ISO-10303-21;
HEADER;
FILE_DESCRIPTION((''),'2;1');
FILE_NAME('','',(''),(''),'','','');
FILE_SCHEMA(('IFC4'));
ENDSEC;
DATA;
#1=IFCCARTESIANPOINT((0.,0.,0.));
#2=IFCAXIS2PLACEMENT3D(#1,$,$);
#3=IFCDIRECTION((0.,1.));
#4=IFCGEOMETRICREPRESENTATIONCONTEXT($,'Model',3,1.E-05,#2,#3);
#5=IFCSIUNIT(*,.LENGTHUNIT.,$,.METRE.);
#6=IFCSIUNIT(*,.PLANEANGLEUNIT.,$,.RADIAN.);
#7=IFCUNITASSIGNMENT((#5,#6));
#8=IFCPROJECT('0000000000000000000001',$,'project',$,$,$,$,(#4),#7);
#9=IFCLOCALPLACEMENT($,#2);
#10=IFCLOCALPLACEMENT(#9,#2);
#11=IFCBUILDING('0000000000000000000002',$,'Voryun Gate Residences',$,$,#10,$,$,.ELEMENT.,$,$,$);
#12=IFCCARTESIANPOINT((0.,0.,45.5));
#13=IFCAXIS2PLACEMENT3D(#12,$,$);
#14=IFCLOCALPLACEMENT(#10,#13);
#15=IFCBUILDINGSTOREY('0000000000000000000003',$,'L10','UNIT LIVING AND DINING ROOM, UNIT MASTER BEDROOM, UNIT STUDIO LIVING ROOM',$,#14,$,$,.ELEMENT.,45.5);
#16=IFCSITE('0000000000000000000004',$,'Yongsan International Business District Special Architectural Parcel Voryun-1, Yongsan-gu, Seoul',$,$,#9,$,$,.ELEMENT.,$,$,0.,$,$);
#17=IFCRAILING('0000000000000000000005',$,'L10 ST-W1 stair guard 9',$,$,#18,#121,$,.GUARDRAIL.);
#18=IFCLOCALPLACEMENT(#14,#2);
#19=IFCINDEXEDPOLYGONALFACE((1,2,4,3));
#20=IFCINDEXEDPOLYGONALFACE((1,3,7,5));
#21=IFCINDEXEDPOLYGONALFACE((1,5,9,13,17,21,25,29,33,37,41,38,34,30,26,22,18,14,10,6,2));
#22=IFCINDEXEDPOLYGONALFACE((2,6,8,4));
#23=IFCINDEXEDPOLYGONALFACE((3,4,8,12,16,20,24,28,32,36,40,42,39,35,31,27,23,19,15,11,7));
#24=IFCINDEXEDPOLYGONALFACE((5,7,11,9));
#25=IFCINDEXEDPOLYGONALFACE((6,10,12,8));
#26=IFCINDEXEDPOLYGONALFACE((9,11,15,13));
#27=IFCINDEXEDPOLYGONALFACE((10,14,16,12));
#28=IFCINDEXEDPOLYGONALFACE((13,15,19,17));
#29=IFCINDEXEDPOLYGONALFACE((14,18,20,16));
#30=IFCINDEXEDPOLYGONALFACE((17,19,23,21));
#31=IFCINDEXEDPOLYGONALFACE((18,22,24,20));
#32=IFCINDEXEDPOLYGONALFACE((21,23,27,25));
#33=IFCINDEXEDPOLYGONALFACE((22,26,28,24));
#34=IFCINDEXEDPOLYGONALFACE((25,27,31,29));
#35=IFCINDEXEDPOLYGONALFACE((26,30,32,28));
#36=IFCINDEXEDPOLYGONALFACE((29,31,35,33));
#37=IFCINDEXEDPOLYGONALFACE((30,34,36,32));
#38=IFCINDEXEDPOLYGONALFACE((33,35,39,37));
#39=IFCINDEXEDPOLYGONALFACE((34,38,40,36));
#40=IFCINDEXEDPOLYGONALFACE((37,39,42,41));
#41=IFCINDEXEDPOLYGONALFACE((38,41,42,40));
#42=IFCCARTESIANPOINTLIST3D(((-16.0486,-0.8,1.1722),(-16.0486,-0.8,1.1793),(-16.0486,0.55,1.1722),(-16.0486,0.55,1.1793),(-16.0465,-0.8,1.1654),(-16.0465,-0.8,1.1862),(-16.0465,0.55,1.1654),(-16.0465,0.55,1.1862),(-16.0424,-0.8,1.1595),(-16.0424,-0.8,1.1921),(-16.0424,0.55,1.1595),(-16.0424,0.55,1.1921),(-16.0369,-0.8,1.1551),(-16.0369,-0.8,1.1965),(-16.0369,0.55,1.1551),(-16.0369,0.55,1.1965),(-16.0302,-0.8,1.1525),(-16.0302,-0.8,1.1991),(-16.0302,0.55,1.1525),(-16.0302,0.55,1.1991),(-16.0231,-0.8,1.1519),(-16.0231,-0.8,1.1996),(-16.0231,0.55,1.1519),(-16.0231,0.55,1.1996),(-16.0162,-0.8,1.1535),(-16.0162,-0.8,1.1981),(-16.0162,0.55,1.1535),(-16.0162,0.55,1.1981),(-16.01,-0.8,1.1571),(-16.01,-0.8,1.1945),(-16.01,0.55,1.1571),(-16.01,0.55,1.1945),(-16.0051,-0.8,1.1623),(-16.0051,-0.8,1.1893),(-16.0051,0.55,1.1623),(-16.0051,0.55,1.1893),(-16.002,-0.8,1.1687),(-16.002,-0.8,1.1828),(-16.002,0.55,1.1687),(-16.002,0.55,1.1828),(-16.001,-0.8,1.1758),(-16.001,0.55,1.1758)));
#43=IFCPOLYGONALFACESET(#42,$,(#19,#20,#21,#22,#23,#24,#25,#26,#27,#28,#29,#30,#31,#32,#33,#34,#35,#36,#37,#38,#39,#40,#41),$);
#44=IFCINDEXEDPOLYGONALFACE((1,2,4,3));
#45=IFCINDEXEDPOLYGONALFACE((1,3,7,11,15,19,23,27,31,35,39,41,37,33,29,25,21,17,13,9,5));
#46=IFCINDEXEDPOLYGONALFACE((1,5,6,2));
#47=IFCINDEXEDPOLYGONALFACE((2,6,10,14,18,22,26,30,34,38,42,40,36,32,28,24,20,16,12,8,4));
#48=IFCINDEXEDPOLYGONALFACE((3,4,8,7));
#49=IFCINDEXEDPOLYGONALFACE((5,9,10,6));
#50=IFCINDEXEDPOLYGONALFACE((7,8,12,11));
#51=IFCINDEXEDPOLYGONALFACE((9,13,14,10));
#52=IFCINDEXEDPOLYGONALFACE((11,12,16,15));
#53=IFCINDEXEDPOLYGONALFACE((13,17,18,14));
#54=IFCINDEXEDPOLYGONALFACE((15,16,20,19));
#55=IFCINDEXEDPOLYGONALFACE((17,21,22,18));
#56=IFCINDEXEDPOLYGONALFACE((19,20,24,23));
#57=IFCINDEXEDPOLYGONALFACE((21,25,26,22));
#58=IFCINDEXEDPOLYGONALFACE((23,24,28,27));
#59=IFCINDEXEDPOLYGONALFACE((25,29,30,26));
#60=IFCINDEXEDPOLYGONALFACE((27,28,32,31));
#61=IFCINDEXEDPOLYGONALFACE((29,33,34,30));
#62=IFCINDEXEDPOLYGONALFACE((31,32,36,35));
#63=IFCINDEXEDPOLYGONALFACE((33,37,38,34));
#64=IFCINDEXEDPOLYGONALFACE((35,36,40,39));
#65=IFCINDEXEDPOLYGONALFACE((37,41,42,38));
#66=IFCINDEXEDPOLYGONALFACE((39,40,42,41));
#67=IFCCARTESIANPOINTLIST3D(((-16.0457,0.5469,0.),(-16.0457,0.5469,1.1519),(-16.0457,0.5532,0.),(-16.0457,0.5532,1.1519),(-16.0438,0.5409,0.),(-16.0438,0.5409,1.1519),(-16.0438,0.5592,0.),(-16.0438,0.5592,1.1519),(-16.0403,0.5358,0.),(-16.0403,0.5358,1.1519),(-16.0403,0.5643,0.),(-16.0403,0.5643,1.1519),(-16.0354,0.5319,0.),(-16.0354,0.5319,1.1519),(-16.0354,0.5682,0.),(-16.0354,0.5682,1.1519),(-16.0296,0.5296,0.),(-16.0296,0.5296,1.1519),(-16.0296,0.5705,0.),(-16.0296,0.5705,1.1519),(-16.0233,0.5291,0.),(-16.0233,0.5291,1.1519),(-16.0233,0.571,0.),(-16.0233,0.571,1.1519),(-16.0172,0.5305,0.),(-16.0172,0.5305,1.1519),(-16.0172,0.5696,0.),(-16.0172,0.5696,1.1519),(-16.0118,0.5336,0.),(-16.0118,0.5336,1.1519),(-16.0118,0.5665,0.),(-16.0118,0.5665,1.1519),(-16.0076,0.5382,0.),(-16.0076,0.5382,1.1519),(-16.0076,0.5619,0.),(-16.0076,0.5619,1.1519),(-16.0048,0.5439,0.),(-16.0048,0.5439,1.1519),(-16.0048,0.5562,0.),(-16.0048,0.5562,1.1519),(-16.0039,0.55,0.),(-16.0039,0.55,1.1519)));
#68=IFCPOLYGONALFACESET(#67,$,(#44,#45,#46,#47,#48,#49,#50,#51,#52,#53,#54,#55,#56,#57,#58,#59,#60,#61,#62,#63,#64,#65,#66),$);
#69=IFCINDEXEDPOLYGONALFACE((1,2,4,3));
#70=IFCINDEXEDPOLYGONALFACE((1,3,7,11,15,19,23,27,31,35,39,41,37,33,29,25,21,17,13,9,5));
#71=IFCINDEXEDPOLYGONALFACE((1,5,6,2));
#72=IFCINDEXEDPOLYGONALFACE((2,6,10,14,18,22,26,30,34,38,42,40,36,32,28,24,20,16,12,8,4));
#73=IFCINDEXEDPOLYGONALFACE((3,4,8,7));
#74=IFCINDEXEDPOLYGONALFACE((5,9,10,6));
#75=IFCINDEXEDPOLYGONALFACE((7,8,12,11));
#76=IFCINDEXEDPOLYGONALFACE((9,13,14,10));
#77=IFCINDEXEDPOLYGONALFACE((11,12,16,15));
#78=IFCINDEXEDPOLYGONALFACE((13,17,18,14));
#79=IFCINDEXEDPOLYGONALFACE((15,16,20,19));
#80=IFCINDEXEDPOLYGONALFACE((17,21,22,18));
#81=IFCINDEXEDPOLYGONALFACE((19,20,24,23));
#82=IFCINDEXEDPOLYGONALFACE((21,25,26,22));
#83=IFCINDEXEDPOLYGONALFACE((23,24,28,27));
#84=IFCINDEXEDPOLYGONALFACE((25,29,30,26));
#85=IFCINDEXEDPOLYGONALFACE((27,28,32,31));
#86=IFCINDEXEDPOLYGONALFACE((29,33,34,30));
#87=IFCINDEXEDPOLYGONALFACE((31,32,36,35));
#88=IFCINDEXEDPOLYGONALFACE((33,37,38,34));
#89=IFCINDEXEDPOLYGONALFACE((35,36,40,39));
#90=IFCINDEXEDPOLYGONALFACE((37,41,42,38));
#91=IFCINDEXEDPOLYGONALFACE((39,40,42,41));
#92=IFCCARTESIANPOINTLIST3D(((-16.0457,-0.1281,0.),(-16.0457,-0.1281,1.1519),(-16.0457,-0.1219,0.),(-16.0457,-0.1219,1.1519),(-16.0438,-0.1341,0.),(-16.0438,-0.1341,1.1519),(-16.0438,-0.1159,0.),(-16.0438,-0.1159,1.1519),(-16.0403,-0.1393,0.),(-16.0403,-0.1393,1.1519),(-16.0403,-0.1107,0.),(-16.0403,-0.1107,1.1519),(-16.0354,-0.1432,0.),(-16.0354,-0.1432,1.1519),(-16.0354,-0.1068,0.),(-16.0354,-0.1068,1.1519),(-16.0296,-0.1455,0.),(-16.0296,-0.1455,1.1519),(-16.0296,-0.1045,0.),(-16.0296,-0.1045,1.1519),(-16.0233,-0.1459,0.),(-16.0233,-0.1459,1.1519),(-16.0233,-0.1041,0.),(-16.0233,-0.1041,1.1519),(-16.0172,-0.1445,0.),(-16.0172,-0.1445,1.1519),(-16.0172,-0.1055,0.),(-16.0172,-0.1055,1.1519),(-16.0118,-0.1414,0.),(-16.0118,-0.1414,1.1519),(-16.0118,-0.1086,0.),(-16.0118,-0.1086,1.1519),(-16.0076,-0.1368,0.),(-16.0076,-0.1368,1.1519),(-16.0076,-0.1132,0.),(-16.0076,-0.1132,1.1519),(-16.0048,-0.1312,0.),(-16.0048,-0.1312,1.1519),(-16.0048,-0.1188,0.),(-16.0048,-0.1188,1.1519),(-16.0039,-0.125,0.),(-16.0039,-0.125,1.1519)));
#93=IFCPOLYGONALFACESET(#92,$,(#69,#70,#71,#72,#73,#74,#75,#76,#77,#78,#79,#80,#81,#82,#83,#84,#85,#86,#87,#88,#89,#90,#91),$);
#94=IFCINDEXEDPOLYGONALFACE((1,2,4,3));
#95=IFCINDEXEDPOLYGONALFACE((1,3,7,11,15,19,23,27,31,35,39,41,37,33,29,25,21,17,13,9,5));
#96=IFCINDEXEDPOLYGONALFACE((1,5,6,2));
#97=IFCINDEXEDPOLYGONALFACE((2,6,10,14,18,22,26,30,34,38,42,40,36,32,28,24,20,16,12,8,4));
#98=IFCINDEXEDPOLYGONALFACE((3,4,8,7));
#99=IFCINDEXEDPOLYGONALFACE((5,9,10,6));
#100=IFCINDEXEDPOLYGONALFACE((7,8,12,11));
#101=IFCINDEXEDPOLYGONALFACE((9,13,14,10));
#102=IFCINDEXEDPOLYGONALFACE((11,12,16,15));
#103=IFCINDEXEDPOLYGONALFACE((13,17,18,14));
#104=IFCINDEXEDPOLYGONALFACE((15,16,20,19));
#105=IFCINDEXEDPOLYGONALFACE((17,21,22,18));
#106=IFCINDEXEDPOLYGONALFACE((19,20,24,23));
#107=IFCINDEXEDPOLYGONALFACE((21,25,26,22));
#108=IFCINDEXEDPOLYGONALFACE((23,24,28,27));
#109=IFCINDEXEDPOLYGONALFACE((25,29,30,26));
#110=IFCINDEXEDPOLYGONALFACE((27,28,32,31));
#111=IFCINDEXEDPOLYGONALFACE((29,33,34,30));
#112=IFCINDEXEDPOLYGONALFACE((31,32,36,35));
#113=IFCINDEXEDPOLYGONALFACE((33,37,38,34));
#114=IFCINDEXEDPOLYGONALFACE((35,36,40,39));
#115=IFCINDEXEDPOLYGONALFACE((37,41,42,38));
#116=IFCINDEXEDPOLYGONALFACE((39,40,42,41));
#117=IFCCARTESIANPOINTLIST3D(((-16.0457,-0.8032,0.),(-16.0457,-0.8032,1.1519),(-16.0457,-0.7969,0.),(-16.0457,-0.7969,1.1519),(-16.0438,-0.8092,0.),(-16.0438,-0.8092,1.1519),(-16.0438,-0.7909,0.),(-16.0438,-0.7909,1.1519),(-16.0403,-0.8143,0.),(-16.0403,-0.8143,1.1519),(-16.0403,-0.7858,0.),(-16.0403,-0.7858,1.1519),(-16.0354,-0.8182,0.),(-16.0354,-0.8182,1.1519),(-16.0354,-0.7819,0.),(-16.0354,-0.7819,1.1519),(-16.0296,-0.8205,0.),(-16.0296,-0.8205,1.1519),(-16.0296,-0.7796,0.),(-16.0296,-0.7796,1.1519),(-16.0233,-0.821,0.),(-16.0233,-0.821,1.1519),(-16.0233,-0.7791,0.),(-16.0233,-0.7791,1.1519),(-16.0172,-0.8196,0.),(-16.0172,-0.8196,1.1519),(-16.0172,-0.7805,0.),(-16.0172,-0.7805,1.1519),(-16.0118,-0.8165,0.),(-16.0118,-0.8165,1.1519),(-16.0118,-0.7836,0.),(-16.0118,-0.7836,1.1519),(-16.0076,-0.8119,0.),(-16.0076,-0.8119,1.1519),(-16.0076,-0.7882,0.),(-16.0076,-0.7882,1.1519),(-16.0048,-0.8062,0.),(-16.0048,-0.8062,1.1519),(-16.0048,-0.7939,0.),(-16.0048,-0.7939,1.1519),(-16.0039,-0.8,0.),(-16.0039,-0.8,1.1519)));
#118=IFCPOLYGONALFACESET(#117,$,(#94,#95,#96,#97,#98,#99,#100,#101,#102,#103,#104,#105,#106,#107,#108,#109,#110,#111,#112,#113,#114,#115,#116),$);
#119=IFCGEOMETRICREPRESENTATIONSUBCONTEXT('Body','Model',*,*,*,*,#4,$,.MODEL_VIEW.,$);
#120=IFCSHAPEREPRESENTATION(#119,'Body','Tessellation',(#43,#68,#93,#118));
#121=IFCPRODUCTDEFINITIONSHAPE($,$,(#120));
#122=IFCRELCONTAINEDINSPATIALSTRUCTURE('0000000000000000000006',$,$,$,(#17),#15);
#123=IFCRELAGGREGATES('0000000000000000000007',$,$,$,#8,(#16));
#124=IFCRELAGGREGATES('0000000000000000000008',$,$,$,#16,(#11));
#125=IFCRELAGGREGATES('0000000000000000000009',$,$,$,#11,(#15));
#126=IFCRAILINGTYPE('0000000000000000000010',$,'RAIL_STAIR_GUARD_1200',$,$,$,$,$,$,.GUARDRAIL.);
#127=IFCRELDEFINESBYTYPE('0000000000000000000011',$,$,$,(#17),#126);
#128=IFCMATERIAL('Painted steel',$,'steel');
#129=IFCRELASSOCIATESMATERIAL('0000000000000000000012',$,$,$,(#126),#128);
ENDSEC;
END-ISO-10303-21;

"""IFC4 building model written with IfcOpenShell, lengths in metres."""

from ifc_helpers import new_model, si_unit, direction, frame, origin, origin_2d, place, context, subcontext, project, spatial, circle, extrude, material, type_object, element, save


model = new_model("IFC4")

# Units and contexts
model_context = context("Model", 3, precision=1e-05, world=origin(), true_north=direction((0.0, 1.0)))
body_context = subcontext(model_context, "Body", "Model", "MODEL_VIEW")
ifc_project = project(units=[si_unit("LENGTHUNIT", "METRE"), si_unit("PLANEANGLEUNIT", "RADIAN")], contexts=[model_context])

# Site, building, storey
site_placement = place(None, origin())
site = spatial("IfcSite", under=ifc_project, at=site_placement, Name="Yongsan International Business District Special Architectural Parcel Voryun-1, Yongsan-gu, Seoul", CompositionType="ELEMENT", RefElevation=0.0)
building_placement = place(site_placement, origin())
building = spatial("IfcBuilding", under=site, at=building_placement, Name="Voryun Gate Residences", CompositionType="ELEMENT")
storey_placement = place(building_placement, frame((0.0, 0.0, 45.5)))
storey = spatial("IfcBuildingStorey", under=building, at=storey_placement, Name="L10", Description="UNIT LIVING AND DINING ROOM, UNIT MASTER BEDROOM, UNIT STUDIO LIVING ROOM", CompositionType="ELEMENT", Elevation=45.5)

# Railing
ifc_material_1 = material(Name="Painted steel", Category="steel")
railing_type = type_object("IfcRailingType", Name="RAIL_STAIR_GUARD_1200", PredefinedType="GUARDRAIL", material=ifc_material_1)
for number, where, name in (
    (1, (-16.0249, 0.55, 0.0), "L10 ST-W1 stair guard 9"),
):
    element("IfcRailing", number, at=place(storey_placement, frame(where)), inside=storey, type_object=railing_type, Name=name, PredefinedType="GUARDRAIL", context=body_context, shape_type="SweptSolid", body=[
        extrude(circle(Radius=0.0239, at=origin_2d()), frame((0.0, 0.0, 1.1758), z_axis=(0.0, -1.0, 0.0), x_axis=(1.0, 0.0, 0.0)), (0.0, 0.0, 1.0), 1.3501),
        extrude(circle(Radius=0.021, at=origin_2d()), origin(), (0.0, 0.0, 1.0), 1.1519),
        extrude(circle(Radius=0.021, at=origin_2d()), frame((0.0, -0.675, 0.0)), (0.0, 0.0, 1.0), 1.1519),
        extrude(circle(Radius=0.021, at=origin_2d()), frame((0.0, -1.3501, 0.0)), (0.0, 0.0, 1.0), 1.1519),
    ])

save(model, "model.ifc")
